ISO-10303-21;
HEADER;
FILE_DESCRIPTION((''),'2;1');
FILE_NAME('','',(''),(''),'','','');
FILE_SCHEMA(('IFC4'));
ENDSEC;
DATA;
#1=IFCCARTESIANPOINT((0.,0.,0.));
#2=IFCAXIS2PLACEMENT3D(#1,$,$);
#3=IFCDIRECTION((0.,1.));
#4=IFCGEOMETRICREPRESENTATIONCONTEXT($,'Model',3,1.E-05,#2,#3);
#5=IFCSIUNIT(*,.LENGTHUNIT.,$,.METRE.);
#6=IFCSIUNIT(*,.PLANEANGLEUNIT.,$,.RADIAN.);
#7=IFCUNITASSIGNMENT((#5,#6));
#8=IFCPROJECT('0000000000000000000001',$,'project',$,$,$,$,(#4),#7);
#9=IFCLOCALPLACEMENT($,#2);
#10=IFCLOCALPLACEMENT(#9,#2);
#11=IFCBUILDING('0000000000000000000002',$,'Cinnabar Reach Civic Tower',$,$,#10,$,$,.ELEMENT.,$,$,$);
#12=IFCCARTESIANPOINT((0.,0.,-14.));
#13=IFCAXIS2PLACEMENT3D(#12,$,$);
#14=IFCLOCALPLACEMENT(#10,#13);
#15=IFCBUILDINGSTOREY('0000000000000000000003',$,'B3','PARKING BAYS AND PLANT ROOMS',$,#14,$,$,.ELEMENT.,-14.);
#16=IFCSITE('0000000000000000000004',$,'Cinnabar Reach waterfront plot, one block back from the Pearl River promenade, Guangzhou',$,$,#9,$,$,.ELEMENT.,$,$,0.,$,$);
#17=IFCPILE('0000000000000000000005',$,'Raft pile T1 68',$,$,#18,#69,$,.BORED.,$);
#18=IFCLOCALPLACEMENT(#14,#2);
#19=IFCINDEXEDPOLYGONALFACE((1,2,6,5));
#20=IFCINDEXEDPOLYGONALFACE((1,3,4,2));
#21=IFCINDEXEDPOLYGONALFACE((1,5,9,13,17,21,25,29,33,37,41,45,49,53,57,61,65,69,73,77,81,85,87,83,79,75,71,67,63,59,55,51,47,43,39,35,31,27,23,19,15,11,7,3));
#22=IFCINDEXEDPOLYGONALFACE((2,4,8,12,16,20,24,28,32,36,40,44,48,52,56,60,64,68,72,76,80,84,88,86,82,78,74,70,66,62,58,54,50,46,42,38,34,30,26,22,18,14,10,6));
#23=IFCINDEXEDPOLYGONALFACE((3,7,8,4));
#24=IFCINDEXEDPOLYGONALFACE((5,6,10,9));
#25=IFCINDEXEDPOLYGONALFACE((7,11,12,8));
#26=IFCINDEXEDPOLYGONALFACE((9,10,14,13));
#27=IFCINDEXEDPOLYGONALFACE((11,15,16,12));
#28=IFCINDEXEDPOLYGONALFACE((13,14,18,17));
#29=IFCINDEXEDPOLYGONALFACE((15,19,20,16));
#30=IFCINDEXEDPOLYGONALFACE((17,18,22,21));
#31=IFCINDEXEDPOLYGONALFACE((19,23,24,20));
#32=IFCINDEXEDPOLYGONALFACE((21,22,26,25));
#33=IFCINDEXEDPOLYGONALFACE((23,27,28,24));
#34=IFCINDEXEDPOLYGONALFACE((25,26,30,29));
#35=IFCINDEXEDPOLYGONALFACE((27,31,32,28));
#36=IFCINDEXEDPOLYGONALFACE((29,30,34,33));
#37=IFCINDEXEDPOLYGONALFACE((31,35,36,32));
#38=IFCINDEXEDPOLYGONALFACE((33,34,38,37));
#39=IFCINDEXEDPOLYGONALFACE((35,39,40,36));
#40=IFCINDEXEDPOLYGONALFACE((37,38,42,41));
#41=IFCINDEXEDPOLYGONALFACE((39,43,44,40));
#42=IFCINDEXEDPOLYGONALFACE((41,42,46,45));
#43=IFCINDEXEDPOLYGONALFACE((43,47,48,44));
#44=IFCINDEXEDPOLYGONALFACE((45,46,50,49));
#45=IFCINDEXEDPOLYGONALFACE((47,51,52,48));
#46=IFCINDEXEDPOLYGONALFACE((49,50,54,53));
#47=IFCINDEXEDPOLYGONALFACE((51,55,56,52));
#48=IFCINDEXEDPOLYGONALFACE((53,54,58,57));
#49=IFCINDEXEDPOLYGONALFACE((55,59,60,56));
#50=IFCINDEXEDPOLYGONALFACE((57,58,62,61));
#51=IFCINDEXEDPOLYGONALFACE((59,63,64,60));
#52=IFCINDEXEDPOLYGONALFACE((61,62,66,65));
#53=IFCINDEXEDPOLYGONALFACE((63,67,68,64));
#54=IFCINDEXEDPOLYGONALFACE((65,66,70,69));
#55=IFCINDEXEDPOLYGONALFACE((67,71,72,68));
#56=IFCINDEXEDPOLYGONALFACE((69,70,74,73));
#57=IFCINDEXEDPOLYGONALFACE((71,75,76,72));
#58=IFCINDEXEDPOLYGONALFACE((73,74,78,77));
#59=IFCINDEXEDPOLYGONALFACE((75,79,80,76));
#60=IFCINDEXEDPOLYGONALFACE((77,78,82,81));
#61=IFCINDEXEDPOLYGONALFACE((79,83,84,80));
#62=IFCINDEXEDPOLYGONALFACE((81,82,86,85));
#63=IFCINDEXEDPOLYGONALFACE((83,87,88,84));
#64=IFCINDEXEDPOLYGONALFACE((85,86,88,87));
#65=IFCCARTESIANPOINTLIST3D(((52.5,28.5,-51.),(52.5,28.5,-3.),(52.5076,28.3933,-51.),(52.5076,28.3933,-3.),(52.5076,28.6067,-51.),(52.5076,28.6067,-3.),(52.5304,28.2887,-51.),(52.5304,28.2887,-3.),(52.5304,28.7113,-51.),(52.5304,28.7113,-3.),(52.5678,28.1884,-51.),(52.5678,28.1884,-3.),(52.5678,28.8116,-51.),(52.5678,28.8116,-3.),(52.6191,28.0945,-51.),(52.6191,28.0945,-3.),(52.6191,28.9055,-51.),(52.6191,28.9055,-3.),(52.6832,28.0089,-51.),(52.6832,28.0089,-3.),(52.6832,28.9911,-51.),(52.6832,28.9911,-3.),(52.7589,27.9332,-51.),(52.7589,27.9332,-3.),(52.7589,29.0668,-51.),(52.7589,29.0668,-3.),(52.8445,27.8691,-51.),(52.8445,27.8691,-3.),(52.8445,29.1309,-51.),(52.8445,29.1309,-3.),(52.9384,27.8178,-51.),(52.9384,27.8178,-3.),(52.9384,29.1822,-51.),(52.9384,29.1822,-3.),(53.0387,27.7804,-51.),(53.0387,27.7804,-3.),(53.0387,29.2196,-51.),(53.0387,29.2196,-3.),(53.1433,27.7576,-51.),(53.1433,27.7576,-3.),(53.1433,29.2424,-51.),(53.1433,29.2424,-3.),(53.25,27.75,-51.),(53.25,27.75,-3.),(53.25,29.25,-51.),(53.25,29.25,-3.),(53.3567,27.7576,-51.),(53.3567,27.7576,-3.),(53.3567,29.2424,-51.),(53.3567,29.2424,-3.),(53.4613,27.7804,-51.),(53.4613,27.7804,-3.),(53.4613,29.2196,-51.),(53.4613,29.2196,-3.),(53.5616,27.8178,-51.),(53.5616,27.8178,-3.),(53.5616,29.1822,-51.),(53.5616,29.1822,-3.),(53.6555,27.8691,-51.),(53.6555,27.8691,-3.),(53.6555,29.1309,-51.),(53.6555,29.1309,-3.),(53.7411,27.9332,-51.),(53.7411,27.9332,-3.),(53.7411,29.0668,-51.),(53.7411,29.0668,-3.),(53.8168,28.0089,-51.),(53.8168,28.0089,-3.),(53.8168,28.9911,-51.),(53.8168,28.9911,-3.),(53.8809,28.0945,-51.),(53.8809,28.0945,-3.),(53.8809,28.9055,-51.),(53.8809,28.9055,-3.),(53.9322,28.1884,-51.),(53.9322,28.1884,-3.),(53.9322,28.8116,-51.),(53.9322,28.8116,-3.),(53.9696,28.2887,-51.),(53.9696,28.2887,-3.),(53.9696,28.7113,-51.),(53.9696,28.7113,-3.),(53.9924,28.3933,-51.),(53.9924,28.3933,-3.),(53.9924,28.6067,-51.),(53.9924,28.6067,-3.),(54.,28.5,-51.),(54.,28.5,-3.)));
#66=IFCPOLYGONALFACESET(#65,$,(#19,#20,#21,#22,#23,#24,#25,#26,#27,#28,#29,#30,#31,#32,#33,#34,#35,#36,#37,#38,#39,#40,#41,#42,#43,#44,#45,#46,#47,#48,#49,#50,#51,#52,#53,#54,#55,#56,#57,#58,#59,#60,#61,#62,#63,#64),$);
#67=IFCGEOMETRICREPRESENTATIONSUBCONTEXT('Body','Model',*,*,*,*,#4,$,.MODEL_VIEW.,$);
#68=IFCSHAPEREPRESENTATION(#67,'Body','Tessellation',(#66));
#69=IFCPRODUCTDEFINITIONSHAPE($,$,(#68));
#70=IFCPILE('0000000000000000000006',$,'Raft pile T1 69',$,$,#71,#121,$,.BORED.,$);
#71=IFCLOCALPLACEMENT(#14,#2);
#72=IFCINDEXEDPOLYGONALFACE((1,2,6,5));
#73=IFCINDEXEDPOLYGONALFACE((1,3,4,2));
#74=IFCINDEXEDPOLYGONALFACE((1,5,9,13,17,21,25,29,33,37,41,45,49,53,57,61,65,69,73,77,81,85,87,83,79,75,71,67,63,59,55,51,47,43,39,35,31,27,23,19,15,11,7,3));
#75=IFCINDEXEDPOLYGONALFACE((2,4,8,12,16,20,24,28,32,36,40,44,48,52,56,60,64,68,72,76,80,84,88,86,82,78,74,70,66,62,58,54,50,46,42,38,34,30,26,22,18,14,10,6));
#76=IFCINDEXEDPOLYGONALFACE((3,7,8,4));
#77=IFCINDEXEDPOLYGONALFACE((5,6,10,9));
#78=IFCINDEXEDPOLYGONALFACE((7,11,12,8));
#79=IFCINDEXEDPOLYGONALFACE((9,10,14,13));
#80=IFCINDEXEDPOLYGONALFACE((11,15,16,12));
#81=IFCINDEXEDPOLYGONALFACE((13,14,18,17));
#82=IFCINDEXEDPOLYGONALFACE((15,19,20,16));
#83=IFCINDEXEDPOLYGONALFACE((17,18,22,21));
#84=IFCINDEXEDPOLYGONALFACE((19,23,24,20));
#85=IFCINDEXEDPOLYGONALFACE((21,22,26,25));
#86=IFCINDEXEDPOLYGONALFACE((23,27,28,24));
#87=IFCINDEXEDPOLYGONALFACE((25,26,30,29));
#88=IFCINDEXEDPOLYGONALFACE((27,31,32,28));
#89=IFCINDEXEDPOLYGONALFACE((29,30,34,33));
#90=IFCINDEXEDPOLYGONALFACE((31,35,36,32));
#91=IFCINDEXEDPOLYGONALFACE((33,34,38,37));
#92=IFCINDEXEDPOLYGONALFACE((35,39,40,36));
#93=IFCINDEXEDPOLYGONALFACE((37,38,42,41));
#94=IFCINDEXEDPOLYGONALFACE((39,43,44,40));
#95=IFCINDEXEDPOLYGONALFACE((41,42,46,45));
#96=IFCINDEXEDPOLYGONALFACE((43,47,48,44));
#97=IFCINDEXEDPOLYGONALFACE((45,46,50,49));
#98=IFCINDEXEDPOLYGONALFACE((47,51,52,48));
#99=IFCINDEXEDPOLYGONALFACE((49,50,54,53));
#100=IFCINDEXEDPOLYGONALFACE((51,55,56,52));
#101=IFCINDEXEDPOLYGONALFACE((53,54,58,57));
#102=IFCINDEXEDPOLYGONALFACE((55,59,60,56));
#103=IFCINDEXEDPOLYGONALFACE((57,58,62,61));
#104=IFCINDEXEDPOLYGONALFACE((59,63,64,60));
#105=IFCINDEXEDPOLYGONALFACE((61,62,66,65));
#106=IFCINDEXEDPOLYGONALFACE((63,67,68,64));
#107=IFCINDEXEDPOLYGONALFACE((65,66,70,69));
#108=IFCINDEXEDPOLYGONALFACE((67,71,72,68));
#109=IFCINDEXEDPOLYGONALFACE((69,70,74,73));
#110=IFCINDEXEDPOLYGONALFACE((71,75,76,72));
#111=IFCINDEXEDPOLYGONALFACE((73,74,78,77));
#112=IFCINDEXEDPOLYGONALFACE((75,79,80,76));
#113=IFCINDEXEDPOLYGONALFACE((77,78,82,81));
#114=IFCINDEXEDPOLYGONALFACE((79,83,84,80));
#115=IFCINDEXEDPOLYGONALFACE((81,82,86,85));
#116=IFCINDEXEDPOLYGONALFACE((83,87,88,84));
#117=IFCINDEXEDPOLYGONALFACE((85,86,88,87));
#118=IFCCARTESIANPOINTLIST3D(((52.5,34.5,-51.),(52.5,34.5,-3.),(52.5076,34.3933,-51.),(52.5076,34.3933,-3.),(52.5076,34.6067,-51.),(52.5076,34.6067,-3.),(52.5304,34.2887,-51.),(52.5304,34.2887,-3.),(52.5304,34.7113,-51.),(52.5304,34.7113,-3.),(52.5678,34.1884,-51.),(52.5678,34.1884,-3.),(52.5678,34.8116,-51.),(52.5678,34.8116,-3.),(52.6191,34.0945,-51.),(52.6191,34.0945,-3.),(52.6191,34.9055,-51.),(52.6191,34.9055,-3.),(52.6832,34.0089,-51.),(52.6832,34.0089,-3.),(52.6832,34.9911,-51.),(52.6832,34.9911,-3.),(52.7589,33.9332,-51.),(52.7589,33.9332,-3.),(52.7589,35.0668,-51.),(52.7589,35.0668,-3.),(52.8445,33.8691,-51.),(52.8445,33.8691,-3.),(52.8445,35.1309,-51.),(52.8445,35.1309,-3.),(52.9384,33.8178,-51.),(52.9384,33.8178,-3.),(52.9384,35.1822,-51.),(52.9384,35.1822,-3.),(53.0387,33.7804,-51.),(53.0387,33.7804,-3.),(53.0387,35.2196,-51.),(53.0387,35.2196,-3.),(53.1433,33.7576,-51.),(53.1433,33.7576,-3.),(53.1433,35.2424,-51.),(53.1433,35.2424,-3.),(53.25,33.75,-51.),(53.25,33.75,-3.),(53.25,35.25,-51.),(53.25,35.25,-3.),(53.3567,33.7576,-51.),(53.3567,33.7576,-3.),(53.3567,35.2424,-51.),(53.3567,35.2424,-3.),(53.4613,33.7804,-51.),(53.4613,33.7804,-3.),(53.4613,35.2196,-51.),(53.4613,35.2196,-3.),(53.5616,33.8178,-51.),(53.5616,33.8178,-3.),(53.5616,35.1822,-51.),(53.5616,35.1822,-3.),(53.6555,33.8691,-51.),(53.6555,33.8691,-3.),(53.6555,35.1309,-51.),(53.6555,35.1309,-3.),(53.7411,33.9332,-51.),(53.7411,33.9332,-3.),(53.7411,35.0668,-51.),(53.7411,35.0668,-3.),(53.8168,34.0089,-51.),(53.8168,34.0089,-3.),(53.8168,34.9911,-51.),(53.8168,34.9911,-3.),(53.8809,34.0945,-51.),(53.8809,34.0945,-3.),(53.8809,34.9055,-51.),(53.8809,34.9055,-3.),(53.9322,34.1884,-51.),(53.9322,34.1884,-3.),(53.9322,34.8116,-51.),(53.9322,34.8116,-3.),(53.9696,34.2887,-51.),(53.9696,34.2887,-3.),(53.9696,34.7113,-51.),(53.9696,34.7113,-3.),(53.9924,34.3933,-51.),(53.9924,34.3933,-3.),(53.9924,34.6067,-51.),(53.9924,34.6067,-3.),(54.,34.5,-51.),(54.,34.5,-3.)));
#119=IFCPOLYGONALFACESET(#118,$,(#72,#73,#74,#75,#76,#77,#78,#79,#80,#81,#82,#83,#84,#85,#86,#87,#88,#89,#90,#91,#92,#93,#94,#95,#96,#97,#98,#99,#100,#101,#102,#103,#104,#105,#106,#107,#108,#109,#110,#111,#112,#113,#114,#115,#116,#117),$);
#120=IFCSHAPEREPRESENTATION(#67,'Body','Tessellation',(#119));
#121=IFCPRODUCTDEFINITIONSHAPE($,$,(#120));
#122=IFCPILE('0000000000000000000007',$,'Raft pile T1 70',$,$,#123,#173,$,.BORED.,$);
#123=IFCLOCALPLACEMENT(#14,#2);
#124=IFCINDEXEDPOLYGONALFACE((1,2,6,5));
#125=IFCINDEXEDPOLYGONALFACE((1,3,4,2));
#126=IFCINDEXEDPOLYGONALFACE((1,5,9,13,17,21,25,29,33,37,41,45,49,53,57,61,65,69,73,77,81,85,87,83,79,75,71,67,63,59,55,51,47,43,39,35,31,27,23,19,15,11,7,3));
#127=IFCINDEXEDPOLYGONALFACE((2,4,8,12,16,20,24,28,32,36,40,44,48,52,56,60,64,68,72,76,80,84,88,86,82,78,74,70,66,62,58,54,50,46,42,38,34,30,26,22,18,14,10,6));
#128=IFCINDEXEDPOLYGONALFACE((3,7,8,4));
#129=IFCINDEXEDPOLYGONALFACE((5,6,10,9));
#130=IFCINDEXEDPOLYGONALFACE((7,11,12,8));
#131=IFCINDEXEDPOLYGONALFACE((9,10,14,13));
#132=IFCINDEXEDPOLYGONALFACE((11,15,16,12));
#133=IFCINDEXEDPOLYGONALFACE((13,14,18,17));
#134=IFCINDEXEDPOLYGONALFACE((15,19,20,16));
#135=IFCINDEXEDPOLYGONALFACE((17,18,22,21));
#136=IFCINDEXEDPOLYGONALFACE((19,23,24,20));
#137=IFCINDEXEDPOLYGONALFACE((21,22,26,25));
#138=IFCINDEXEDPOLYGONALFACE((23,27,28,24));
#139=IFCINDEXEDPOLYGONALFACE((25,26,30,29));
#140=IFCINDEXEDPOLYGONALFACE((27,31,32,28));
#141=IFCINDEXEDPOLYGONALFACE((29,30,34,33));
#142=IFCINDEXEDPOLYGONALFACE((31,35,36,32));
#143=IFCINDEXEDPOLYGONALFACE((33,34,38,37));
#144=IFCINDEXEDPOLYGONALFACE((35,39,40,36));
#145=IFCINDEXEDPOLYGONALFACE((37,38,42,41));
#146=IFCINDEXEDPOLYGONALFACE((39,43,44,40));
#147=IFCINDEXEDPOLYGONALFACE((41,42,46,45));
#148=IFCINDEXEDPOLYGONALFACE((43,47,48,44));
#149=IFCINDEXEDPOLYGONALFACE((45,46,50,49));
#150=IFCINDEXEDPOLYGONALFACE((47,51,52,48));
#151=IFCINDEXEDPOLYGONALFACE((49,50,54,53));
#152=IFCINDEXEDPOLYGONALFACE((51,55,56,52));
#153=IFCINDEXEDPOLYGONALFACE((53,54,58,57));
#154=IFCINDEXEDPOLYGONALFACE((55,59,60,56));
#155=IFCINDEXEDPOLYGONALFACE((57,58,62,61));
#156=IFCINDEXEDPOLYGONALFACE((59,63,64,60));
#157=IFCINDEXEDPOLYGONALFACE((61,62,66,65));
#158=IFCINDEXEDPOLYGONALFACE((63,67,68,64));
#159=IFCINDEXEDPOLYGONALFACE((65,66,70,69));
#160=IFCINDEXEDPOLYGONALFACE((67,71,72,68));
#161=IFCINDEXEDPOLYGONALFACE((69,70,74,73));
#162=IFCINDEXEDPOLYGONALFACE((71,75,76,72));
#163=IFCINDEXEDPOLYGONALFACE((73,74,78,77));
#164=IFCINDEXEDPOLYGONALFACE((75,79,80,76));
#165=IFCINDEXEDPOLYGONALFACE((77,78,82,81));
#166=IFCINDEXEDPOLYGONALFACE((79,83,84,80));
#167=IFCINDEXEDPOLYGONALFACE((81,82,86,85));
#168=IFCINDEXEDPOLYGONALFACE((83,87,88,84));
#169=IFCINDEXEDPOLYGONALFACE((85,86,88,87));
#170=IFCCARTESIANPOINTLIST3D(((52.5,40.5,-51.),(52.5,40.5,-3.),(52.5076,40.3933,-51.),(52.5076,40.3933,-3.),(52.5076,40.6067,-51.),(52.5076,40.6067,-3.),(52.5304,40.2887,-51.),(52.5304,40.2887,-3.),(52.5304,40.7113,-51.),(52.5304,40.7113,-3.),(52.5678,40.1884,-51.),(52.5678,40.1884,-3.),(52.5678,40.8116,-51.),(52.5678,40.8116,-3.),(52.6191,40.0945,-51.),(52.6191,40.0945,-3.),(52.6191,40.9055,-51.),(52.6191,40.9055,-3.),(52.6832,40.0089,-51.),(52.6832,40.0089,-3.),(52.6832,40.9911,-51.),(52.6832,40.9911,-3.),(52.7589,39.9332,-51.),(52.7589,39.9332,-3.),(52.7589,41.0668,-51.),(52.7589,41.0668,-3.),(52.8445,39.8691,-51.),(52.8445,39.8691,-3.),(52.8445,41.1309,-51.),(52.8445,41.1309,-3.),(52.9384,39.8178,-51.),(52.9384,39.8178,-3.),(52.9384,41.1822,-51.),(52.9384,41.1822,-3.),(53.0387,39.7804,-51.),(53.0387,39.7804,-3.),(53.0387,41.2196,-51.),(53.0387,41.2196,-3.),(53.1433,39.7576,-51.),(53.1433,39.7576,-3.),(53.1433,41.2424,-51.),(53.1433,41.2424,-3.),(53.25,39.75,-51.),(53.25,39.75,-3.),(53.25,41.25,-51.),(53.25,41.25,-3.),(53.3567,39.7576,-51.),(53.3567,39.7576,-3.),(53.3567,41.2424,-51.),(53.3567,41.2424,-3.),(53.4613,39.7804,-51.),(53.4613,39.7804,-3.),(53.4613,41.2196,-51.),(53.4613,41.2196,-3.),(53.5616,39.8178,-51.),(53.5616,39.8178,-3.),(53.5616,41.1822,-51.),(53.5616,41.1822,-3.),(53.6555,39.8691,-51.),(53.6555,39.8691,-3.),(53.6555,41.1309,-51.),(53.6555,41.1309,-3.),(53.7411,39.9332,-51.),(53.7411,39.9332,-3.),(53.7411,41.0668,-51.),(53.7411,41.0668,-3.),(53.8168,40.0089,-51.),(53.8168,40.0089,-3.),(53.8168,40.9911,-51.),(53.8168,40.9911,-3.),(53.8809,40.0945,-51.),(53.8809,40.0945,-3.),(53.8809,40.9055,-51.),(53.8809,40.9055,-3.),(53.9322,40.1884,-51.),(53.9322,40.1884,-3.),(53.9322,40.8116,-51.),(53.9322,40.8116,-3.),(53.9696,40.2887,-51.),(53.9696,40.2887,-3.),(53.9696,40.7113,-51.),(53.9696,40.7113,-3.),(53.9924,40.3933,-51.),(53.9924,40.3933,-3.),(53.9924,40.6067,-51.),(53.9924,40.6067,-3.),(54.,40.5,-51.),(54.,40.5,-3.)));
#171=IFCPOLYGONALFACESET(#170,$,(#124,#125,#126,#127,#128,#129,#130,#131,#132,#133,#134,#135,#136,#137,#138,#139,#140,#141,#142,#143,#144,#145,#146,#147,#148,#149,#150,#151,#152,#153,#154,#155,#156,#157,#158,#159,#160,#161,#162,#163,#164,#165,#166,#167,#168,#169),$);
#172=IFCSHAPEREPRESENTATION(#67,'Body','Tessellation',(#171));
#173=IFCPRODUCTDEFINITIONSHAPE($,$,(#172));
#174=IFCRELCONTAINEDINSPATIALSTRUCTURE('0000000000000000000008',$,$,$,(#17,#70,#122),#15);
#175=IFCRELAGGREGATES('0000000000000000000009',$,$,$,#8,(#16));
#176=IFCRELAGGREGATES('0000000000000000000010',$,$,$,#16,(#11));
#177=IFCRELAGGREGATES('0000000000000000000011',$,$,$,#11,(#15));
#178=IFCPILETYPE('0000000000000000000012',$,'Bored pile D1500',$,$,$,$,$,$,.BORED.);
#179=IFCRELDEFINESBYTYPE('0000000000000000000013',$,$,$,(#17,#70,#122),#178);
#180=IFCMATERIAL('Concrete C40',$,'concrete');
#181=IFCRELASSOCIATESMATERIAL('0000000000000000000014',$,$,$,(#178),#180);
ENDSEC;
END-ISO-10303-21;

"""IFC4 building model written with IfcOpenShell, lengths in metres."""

from ifc_helpers import new_model, si_unit, direction, frame, origin, origin_2d, place, context, subcontext, project, spatial, circle, extrude, material, type_object, element, save


model = new_model("IFC4")

# Units and contexts
model_context = context("Model", 3, precision=1e-05, world=origin(), true_north=direction((0.0, 1.0)))
body_context = subcontext(model_context, "Body", "Model", "MODEL_VIEW")
ifc_project = project(units=[si_unit("LENGTHUNIT", "METRE"), si_unit("PLANEANGLEUNIT", "RADIAN")], contexts=[model_context])

# Site, building, storey
site_placement = place(None, origin())
site = spatial("IfcSite", under=ifc_project, at=site_placement, Name="Cinnabar Reach waterfront plot, one block back from the Pearl River promenade, Guangzhou", CompositionType="ELEMENT", RefElevation=0.0)
building_placement = place(site_placement, origin())
building = spatial("IfcBuilding", under=site, at=building_placement, Name="Cinnabar Reach Civic Tower", CompositionType="ELEMENT")
storey_placement = place(building_placement, frame((0.0, 0.0, -14.0)))
storey = spatial("IfcBuildingStorey", under=building, at=storey_placement, Name="B3", Description="PARKING BAYS AND PLANT ROOMS", CompositionType="ELEMENT", Elevation=-14.0)

# Piles
ifc_material_1 = material(Name="Concrete C40", Category="concrete")
pile_type_1 = type_object("IfcPileType", Name="Bored pile D1500", PredefinedType="BORED", material=ifc_material_1)
for number, where, z_axis, x_axis, name in (
    (1, (53.25, 28.5, -3.0), (0.0, 0.0, -1.0), (1.0, 0.0, 0.0), "Raft pile T1 68"),
    (2, (53.25, 34.5, -3.0), (0.0, 0.0, -1.0), (1.0, 0.0, 0.0), "Raft pile T1 69"),
    (3, (53.25, 40.5, -3.0), (0.0, 0.0, -1.0), (1.0, 0.0, 0.0), "Raft pile T1 70"),
):
    element("IfcPile", number, at=place(storey_placement, frame(where, z_axis=z_axis, x_axis=x_axis)), inside=storey, type_object=pile_type_1, Name=name, PredefinedType="BORED", context=body_context, shape_type="SweptSolid", body=[
        extrude(circle(Radius=0.75, at=origin_2d()), origin(), (0.0, 0.0, 1.0), 48.0),
    ])

save(model, "model.ifc")
